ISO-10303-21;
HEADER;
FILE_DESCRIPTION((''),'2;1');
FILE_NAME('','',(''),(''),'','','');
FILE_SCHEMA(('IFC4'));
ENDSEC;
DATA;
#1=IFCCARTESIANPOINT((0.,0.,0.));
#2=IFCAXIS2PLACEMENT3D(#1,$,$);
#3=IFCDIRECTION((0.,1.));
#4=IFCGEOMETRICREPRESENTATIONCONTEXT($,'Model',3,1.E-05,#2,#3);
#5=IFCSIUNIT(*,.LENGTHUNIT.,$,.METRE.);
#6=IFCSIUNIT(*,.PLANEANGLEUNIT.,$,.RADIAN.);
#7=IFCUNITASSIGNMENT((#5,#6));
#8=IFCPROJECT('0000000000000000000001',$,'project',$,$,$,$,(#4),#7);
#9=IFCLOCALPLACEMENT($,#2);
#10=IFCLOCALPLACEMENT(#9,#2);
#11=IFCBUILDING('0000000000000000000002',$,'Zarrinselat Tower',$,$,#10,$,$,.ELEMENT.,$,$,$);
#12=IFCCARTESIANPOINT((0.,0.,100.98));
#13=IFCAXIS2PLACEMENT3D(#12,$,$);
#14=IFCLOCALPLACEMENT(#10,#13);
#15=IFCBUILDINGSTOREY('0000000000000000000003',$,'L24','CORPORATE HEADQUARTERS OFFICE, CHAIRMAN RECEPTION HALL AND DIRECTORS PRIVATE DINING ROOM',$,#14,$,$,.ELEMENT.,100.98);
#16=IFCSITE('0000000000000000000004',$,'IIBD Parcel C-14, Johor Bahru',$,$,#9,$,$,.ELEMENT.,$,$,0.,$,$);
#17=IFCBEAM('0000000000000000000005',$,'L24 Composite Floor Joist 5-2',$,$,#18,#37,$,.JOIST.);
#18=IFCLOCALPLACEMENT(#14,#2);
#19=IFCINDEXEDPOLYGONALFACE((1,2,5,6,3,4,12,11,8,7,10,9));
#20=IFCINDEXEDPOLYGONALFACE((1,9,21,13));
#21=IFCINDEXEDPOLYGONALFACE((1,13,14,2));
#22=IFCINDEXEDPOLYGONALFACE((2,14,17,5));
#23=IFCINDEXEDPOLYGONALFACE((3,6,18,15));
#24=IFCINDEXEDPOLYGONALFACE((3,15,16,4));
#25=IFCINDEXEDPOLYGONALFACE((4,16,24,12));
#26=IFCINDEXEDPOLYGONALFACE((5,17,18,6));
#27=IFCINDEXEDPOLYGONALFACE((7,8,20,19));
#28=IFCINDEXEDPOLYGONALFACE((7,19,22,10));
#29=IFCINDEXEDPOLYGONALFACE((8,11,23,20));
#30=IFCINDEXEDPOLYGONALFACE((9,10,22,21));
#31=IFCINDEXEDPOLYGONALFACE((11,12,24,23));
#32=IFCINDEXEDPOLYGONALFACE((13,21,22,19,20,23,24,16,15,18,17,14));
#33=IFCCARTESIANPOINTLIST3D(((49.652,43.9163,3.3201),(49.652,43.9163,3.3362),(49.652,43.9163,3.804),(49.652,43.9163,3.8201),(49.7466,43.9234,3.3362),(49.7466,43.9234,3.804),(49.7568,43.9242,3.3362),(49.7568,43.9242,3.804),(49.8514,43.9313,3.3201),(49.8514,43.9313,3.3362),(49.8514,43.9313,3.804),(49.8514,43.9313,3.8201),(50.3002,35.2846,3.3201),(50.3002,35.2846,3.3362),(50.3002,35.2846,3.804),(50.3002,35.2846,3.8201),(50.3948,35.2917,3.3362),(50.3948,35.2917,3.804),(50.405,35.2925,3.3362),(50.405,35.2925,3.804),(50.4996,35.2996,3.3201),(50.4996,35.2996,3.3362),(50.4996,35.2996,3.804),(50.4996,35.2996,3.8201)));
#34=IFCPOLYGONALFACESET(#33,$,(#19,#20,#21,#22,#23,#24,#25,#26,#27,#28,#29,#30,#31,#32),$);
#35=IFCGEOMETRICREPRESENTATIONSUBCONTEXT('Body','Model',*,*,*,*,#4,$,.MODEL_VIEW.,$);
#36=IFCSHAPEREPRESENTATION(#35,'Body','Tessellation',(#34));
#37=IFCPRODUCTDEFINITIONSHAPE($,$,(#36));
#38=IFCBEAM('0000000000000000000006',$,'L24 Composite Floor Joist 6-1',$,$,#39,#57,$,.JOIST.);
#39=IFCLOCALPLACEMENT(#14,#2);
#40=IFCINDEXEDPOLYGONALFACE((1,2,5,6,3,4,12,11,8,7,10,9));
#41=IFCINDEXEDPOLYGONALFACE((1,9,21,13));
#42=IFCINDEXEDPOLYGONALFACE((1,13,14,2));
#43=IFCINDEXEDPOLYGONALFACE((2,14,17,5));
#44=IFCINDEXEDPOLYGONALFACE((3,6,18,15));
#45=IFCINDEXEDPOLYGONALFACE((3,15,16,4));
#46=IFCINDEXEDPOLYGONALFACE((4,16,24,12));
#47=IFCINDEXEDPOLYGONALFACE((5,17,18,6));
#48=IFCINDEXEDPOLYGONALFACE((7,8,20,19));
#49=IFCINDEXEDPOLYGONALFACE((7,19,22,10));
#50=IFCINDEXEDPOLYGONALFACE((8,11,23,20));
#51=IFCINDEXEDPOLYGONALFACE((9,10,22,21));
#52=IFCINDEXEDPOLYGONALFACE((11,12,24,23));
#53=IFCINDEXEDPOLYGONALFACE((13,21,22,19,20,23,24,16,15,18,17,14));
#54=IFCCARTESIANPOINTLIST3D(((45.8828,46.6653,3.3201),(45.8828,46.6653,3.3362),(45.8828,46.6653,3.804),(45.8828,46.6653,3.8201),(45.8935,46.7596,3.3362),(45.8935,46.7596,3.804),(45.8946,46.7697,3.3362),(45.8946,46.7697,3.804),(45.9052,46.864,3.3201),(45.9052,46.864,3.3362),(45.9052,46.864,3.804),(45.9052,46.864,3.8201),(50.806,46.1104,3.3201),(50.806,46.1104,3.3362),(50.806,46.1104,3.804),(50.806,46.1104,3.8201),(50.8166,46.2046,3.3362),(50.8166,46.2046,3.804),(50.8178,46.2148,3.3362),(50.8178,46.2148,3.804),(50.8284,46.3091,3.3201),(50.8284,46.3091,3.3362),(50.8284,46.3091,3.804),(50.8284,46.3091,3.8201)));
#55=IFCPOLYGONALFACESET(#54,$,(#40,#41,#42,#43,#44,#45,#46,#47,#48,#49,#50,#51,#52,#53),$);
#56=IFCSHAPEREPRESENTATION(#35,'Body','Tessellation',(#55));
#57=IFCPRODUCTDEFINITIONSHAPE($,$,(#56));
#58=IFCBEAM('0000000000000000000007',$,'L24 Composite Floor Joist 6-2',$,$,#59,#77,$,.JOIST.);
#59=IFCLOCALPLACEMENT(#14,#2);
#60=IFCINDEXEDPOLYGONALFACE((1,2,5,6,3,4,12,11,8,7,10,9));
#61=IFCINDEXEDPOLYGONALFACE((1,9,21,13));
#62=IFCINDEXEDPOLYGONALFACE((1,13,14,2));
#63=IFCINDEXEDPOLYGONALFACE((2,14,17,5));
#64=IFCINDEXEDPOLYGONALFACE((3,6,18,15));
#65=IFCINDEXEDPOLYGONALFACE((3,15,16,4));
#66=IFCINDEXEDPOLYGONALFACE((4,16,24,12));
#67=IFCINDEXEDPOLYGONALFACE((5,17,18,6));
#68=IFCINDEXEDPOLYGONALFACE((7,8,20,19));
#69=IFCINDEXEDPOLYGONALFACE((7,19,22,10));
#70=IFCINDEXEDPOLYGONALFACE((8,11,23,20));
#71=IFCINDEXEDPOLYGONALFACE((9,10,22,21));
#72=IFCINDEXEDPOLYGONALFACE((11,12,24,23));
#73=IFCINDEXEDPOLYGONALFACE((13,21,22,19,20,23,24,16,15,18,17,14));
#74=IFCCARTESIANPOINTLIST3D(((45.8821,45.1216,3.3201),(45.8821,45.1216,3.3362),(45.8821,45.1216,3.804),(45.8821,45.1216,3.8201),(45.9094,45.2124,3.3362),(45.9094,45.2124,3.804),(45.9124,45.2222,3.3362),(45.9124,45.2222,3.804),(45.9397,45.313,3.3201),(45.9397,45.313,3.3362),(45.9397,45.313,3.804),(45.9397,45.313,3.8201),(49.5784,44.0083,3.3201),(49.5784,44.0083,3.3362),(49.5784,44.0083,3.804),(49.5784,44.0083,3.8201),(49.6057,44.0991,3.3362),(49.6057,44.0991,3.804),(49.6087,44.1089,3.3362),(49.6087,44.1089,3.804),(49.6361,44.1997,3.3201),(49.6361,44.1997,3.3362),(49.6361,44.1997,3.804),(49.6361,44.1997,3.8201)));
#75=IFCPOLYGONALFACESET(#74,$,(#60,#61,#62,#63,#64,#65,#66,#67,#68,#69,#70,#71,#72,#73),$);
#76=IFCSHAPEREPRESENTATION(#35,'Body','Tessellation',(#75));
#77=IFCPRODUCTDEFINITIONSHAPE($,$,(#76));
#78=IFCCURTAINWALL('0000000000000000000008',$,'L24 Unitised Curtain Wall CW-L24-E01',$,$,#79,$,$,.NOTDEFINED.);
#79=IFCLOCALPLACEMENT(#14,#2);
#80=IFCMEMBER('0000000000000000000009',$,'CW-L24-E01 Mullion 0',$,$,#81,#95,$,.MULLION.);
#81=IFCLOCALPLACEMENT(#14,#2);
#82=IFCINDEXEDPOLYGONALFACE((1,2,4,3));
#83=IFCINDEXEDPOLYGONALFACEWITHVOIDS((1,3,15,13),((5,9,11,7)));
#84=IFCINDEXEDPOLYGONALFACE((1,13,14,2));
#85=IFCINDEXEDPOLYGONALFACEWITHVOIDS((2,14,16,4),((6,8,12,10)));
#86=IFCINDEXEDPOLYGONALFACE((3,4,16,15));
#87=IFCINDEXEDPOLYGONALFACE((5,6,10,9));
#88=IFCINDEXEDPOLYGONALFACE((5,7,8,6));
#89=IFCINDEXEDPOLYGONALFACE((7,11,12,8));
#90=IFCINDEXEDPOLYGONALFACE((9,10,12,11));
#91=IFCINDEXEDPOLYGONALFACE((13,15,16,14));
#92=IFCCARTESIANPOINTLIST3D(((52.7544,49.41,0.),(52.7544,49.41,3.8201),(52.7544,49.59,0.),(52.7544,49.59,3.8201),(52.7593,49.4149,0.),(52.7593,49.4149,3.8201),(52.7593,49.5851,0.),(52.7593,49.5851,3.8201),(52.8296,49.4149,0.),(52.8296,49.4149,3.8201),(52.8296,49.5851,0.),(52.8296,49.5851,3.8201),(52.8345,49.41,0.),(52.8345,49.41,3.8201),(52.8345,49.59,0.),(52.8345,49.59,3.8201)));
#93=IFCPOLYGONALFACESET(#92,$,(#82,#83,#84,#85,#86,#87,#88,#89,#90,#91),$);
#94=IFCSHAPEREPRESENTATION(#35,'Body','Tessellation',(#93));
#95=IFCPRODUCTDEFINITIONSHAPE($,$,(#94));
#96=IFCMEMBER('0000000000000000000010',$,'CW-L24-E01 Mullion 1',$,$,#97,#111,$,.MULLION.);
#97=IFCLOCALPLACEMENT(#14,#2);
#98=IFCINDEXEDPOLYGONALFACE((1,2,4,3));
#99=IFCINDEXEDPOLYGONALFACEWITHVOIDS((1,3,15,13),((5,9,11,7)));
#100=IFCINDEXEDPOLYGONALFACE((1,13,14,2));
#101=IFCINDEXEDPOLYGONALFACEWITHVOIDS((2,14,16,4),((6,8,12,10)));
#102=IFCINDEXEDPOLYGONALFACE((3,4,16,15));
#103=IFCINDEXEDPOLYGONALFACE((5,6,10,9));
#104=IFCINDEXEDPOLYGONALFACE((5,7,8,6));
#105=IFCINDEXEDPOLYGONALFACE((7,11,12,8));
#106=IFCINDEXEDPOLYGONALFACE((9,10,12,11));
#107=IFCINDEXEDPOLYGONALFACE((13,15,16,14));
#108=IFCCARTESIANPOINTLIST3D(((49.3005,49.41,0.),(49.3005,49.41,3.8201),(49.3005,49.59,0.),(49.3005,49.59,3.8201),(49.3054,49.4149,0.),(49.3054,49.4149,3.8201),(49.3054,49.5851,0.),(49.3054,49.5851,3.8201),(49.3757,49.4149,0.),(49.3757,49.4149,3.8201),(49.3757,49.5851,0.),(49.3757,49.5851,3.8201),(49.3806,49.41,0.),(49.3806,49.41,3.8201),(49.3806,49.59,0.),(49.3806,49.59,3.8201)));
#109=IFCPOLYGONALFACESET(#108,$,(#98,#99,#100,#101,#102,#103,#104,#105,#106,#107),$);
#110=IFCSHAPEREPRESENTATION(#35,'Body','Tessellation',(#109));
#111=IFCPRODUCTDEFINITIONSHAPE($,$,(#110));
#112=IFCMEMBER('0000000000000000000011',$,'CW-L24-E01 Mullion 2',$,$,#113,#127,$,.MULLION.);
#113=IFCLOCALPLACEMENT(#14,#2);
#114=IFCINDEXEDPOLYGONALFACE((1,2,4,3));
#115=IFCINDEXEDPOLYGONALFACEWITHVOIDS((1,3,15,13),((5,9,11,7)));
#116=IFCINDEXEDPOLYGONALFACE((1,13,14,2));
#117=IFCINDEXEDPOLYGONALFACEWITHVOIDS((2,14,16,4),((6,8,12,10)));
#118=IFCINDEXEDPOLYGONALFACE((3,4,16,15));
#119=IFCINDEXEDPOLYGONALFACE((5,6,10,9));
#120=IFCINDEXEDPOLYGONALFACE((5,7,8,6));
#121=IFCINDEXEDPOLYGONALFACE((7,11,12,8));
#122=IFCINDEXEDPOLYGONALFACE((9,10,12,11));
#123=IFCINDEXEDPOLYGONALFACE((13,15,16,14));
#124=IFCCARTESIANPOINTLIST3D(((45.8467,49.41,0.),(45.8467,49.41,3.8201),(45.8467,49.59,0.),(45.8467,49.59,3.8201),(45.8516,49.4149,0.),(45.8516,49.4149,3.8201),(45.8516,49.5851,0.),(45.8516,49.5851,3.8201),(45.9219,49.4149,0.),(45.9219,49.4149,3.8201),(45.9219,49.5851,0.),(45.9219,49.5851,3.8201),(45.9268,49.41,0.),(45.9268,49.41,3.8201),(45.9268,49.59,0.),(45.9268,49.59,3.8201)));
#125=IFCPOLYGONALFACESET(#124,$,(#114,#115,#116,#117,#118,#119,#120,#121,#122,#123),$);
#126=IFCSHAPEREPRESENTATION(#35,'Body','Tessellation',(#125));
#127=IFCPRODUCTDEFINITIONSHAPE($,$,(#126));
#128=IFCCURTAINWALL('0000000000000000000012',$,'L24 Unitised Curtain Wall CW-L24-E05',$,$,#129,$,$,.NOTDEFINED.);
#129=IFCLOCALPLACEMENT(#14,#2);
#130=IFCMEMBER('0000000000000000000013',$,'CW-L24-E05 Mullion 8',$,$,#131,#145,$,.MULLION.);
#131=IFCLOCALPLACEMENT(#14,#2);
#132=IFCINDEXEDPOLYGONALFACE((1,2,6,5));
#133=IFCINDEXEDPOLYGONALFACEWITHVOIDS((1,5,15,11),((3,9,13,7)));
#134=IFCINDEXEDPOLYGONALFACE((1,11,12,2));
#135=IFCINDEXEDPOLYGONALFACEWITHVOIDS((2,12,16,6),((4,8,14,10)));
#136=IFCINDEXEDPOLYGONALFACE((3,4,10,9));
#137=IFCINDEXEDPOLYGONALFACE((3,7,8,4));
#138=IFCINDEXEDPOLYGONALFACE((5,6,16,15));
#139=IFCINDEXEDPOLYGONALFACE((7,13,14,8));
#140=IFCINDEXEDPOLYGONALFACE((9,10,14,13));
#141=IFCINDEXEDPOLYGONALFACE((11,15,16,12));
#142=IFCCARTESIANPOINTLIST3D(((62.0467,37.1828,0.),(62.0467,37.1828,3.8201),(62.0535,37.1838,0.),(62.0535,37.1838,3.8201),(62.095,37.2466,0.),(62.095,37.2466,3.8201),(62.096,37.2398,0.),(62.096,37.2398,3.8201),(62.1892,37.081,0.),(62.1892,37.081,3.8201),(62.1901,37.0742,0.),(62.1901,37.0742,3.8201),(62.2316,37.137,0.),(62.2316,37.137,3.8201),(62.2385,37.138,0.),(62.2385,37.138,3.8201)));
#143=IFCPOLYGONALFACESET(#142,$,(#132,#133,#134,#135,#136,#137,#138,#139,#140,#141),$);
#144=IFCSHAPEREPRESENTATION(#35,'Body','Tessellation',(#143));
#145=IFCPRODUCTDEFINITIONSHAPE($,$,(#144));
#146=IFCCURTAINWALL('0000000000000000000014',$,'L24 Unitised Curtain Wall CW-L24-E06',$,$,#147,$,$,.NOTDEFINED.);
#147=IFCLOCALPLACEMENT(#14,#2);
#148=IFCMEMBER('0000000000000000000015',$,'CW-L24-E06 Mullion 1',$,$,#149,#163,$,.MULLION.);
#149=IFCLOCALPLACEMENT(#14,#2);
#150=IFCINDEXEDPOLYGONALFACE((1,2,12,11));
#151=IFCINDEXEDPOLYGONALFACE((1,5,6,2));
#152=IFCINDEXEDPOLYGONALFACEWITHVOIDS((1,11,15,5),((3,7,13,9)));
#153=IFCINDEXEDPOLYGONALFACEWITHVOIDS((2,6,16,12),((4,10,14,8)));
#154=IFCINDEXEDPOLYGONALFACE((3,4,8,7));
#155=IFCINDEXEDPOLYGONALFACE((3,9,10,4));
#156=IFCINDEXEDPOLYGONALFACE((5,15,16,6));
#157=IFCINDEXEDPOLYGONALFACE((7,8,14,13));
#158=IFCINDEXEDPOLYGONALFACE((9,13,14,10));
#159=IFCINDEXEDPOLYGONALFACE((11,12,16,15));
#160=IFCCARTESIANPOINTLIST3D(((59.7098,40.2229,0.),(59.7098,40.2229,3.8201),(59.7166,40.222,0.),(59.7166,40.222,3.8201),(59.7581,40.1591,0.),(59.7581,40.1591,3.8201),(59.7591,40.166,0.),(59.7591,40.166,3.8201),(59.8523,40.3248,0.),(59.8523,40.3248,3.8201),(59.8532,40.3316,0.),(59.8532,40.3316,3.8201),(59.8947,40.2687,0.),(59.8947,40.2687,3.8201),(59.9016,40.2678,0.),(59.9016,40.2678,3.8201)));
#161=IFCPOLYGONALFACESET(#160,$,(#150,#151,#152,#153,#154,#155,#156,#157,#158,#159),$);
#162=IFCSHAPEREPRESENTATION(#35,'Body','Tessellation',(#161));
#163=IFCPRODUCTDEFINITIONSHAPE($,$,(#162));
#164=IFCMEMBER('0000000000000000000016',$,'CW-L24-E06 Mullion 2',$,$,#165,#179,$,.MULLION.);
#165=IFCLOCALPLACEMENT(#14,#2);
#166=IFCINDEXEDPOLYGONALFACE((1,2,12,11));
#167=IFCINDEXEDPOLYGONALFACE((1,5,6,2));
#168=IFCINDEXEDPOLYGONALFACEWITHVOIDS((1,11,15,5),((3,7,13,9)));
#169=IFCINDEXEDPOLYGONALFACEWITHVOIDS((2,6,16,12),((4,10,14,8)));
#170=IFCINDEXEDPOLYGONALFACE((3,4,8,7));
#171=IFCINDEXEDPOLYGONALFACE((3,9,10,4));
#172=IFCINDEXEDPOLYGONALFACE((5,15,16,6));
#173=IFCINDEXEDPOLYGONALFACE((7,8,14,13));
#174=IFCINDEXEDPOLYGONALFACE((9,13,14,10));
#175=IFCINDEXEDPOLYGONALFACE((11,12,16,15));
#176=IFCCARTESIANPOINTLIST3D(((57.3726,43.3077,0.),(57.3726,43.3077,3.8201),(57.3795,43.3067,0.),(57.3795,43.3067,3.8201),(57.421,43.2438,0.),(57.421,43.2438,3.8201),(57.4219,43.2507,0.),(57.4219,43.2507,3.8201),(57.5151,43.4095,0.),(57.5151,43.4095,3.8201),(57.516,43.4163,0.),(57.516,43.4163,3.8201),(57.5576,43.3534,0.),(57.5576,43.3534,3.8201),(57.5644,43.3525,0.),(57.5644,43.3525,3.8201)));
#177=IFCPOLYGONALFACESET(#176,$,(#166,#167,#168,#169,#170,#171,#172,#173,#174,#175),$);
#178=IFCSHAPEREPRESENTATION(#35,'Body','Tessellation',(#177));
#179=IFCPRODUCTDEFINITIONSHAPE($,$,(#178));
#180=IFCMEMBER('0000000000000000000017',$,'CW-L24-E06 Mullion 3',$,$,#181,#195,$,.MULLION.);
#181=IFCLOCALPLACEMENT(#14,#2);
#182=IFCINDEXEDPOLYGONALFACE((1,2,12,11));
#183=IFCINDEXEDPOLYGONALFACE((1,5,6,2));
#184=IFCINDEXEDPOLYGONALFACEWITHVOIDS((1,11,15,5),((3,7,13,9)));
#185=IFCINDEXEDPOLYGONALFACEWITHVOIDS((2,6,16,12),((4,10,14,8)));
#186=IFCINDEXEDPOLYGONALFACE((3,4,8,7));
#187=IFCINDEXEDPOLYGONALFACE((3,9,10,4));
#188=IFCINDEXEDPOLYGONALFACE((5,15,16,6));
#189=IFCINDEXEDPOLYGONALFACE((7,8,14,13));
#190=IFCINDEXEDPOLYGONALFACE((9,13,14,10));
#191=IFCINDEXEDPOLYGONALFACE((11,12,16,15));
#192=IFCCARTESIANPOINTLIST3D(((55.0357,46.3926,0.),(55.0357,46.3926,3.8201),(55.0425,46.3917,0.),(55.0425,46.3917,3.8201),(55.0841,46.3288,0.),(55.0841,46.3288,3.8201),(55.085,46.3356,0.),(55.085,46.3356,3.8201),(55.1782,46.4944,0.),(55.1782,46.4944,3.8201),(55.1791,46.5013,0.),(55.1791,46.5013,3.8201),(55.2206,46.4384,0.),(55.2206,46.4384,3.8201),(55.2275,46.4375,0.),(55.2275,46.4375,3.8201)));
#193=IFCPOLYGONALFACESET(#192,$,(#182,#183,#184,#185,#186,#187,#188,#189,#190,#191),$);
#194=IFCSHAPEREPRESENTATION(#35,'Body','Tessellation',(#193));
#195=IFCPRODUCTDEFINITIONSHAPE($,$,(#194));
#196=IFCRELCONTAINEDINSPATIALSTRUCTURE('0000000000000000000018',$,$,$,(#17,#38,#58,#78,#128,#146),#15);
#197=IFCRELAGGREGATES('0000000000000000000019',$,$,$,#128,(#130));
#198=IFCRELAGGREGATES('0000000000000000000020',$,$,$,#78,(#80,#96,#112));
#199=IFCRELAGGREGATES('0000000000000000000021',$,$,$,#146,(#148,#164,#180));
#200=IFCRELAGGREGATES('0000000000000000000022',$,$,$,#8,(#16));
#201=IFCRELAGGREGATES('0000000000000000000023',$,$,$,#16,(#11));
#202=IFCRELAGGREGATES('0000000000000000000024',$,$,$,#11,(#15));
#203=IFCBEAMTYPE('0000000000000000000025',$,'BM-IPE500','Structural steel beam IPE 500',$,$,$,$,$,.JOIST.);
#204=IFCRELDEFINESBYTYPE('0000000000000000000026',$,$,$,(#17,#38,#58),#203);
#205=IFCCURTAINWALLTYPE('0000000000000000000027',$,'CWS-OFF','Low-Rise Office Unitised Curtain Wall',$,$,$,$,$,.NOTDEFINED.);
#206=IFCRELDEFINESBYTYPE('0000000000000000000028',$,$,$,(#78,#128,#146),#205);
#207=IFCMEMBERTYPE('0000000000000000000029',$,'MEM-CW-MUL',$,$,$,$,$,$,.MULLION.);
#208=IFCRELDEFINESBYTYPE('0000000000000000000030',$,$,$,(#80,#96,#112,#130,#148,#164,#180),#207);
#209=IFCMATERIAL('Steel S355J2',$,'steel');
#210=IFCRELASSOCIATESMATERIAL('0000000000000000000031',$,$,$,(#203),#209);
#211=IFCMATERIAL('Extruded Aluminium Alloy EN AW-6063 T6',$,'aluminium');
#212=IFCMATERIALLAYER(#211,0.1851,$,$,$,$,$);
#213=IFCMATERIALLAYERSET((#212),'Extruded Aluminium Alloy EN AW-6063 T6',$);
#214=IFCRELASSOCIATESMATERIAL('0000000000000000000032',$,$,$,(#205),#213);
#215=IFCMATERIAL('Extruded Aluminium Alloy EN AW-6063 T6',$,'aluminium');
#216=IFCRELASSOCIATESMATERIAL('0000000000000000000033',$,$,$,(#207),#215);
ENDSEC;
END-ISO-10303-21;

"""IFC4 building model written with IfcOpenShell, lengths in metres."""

from ifc_helpers import new_model, si_unit, direction, frame, origin, origin_2d, place, context, subcontext, project, spatial, hollow_rectangle, i_section, extrude, material, layer, layer_set, material_profile, profile_set, type_object, element, aggregate, save


model = new_model("IFC4")

# Units and contexts
model_context = context("Model", 3, precision=1e-05, world=origin(), true_north=direction((0.0, 1.0)))
body_context = subcontext(model_context, "Body", "Model", "MODEL_VIEW")
ifc_project = project(units=[si_unit("LENGTHUNIT", "METRE"), si_unit("PLANEANGLEUNIT", "RADIAN")], contexts=[model_context])

# Site, building, storey
site_placement = place(None, origin())
site = spatial("IfcSite", under=ifc_project, at=site_placement, Name="IIBD Parcel C-14, Johor Bahru", CompositionType="ELEMENT", RefElevation=0.0)
building_placement = place(site_placement, origin())
building = spatial("IfcBuilding", under=site, at=building_placement, Name="Zarrinselat Tower", CompositionType="ELEMENT")
storey_placement = place(building_placement, frame((0.0, 0.0, 100.98)))
storey = spatial("IfcBuildingStorey", under=building, at=storey_placement, Name="L24", Description="CORPORATE HEADQUARTERS OFFICE, CHAIRMAN RECEPTION HALL AND DIRECTORS PRIVATE DINING ROOM", CompositionType="ELEMENT", Elevation=100.98)

# Beams
ifc_material_1 = material(Name="Steel S355J2", Category="steel")
ifc_material_profile_1 = material_profile(ifc_material_1, i_section(OverallWidth=0.2, OverallDepth=0.5, WebThickness=0.0103, FlangeThickness=0.0161, at=origin_2d()), Name="IPE 500")
ifc_profile_set_1 = profile_set([ifc_material_profile_1], Name="Steel S355J2")
beam_type_1 = type_object("IfcBeamType", Name="BM-IPE500", Description="Structural steel beam IPE 500", PredefinedType="JOIST", material=ifc_profile_set_1)
beam_1_placement = place(storey_placement, frame((49.7517, 43.9238, 3.5701), z_axis=(0.074885, -0.997192, 0.0), x_axis=(0.997192, 0.074885, 0.0)))
element("IfcBeam", 1, at=beam_1_placement, inside=storey, type_object=beam_type_1, Name="L24 Composite Floor Joist 5-2", PredefinedType="JOIST", context=body_context, shape_type="SweptSolid", body=[
    extrude(i_section(OverallWidth=0.2, OverallDepth=0.5, WebThickness=0.0103, FlangeThickness=0.0161, at=origin_2d()), origin(), (0.0, 0.0, 1.0), 8.656),
])
beam_2_placement = place(storey_placement, frame((45.894, 46.7646, 3.5701), z_axis=(0.993707, -0.112011, 0.0), x_axis=(0.112011, 0.993707, 0.0)))
element("IfcBeam", 2, at=beam_2_placement, inside=storey, type_object=beam_type_1, Name="L24 Composite Floor Joist 6-1", PredefinedType="JOIST", context=body_context, shape_type="SweptSolid", body=[
    extrude(i_section(OverallWidth=0.2, OverallDepth=0.5, WebThickness=0.0103, FlangeThickness=0.0161, at=origin_2d()), origin(), (0.0, 0.0, 1.0), 4.9543),
])
beam_3_placement = place(storey_placement, frame((45.9109, 45.2173, 3.5701), z_axis=(0.957512, -0.288392, 0.0), x_axis=(0.288392, 0.957512, 0.0)))
element("IfcBeam", 3, at=beam_3_placement, inside=storey, type_object=beam_type_1, Name="L24 Composite Floor Joist 6-2", PredefinedType="JOIST", context=body_context, shape_type="SweptSolid", body=[
    extrude(i_section(OverallWidth=0.2, OverallDepth=0.5, WebThickness=0.0103, FlangeThickness=0.0161, at=origin_2d()), origin(), (0.0, 0.0, 1.0), 3.8604),
])

# Curtain wall, members
ifc_material_2 = material(Name="Extruded Aluminium Alloy EN AW-6063 T6", Category="aluminium")
ifc_layer_1 = layer(ifc_material_2, 0.1851)
ifc_layer_set_1 = layer_set([ifc_layer_1], Name="Extruded Aluminium Alloy EN AW-6063 T6")
curtain_wall_type = type_object("IfcCurtainWallType", Name="CWS-OFF", Description="Low-Rise Office Unitised Curtain Wall", PredefinedType="NOTDEFINED", material=ifc_layer_set_1)
curtain_wall_1_placement = place(storey_placement, origin())
curtain_wall_1 = element("IfcCurtainWall", 4, at=curtain_wall_1_placement, inside=storey, type_object=curtain_wall_type, Name="L24 Unitised Curtain Wall CW-L24-E01", PredefinedType="NOTDEFINED")
ifc_material_3 = material(Name="Extruded Aluminium Alloy EN AW-6063 T6", Category="aluminium")
ifc_material_profile_2 = material_profile(ifc_material_3, hollow_rectangle(XDim=0.0801, YDim=0.1799, WallThickness=0.0049, at=origin_2d()), Name="RHS 180x80x5")
ifc_profile_set_2 = profile_set([ifc_material_profile_2], Name="Extruded Aluminium Alloy EN AW-6063 T6")
member_type_1 = type_object("IfcMemberType", Name="MEM-CW-MUL", PredefinedType="MULLION", material=ifc_profile_set_2)
member_1_placement = place(storey_placement, frame((52.7944, 49.5, 0.0), z_axis=(0.0, 0.0, 1.0), x_axis=(-1.0, 0.0, 0.0)))
member_1 = element("IfcMember", 5, at=member_1_placement, type_object=member_type_1, Name="CW-L24-E01 Mullion 0", PredefinedType="MULLION", context=body_context, shape_type="SweptSolid", body=[
    extrude(hollow_rectangle(XDim=0.0801, YDim=0.1799, WallThickness=0.0049, at=origin_2d()), origin(), (0.0, 0.0, 1.0), 3.8201),
])
member_2_placement = place(storey_placement, frame((49.3406, 49.5, 0.0), z_axis=(0.0, 0.0, 1.0), x_axis=(-1.0, 0.0, 0.0)))
member_2 = element("IfcMember", 6, at=member_2_placement, type_object=member_type_1, Name="CW-L24-E01 Mullion 1", PredefinedType="MULLION", context=body_context, shape_type="SweptSolid", body=[
    extrude(hollow_rectangle(XDim=0.0801, YDim=0.1799, WallThickness=0.0049, at=origin_2d()), origin(), (0.0, 0.0, 1.0), 3.8201),
])
member_3_placement = place(storey_placement, frame((45.8867, 49.5, 0.0), z_axis=(0.0, 0.0, 1.0), x_axis=(-1.0, 0.0, 0.0)))
member_3 = element("IfcMember", 7, at=member_3_placement, type_object=member_type_1, Name="CW-L24-E01 Mullion 2", PredefinedType="MULLION", context=body_context, shape_type="SweptSolid", body=[
    extrude(hollow_rectangle(XDim=0.0801, YDim=0.1799, WallThickness=0.0049, at=origin_2d()), origin(), (0.0, 0.0, 1.0), 3.8201),
])

# Curtain wall, member
curtain_wall_2_placement = place(storey_placement, origin())
curtain_wall_2 = element("IfcCurtainWall", 8, at=curtain_wall_2_placement, inside=storey, type_object=curtain_wall_type, Name="L24 Unitised Curtain Wall CW-L24-E05", PredefinedType="NOTDEFINED")
member_4_placement = place(storey_placement, frame((62.1426, 37.1604, 0.0), z_axis=(0.0, 0.0, 1.0), x_axis=(0.603858, 0.797092, 0.0)))
member_4 = element("IfcMember", 9, at=member_4_placement, type_object=member_type_1, Name="CW-L24-E05 Mullion 8", PredefinedType="MULLION", context=body_context, shape_type="SweptSolid", body=[
    extrude(hollow_rectangle(XDim=0.0801, YDim=0.1799, WallThickness=0.0049, at=origin_2d()), origin(), (0.0, 0.0, 1.0), 3.8201),
])
aggregate(curtain_wall_2, [member_4])

# Curtain wall, members
curtain_wall_3_placement = place(storey_placement, origin())
curtain_wall_3 = element("IfcCurtainWall", 10, at=curtain_wall_3_placement, inside=storey, type_object=curtain_wall_type, Name="L24 Unitised Curtain Wall CW-L24-E06", PredefinedType="NOTDEFINED")
member_5_placement = place(storey_placement, frame((59.8057, 40.2454, 0.0), z_axis=(0.0, 0.0, 1.0), x_axis=(-0.603858, 0.797092, 0.0)))
member_5 = element("IfcMember", 11, at=member_5_placement, type_object=member_type_1, Name="CW-L24-E06 Mullion 1", PredefinedType="MULLION", context=body_context, shape_type="SweptSolid", body=[
    extrude(hollow_rectangle(XDim=0.0801, YDim=0.1799, WallThickness=0.0049, at=origin_2d()), origin(), (0.0, 0.0, 1.0), 3.8201),
])
member_6_placement = place(storey_placement, frame((57.4685, 43.3301, 0.0), z_axis=(0.0, 0.0, 1.0), x_axis=(-0.603858, 0.797092, 0.0)))
member_6 = element("IfcMember", 12, at=member_6_placement, type_object=member_type_1, Name="CW-L24-E06 Mullion 2", PredefinedType="MULLION", context=body_context, shape_type="SweptSolid", body=[
    extrude(hollow_rectangle(XDim=0.0801, YDim=0.1799, WallThickness=0.0049, at=origin_2d()), origin(), (0.0, 0.0, 1.0), 3.8201),
])
member_7_placement = place(storey_placement, frame((55.1316, 46.415, 0.0), z_axis=(0.0, 0.0, 1.0), x_axis=(-0.603858, 0.797092, 0.0)))
member_7 = element("IfcMember", 13, at=member_7_placement, type_object=member_type_1, Name="CW-L24-E06 Mullion 3", PredefinedType="MULLION", context=body_context, shape_type="SweptSolid", body=[
    extrude(hollow_rectangle(XDim=0.0801, YDim=0.1799, WallThickness=0.0049, at=origin_2d()), origin(), (0.0, 0.0, 1.0), 3.8201),
])

aggregate(curtain_wall_1, [member_1, member_2, member_3])
aggregate(curtain_wall_3, [member_5, member_6, member_7])

save(model, "model.ifc")
